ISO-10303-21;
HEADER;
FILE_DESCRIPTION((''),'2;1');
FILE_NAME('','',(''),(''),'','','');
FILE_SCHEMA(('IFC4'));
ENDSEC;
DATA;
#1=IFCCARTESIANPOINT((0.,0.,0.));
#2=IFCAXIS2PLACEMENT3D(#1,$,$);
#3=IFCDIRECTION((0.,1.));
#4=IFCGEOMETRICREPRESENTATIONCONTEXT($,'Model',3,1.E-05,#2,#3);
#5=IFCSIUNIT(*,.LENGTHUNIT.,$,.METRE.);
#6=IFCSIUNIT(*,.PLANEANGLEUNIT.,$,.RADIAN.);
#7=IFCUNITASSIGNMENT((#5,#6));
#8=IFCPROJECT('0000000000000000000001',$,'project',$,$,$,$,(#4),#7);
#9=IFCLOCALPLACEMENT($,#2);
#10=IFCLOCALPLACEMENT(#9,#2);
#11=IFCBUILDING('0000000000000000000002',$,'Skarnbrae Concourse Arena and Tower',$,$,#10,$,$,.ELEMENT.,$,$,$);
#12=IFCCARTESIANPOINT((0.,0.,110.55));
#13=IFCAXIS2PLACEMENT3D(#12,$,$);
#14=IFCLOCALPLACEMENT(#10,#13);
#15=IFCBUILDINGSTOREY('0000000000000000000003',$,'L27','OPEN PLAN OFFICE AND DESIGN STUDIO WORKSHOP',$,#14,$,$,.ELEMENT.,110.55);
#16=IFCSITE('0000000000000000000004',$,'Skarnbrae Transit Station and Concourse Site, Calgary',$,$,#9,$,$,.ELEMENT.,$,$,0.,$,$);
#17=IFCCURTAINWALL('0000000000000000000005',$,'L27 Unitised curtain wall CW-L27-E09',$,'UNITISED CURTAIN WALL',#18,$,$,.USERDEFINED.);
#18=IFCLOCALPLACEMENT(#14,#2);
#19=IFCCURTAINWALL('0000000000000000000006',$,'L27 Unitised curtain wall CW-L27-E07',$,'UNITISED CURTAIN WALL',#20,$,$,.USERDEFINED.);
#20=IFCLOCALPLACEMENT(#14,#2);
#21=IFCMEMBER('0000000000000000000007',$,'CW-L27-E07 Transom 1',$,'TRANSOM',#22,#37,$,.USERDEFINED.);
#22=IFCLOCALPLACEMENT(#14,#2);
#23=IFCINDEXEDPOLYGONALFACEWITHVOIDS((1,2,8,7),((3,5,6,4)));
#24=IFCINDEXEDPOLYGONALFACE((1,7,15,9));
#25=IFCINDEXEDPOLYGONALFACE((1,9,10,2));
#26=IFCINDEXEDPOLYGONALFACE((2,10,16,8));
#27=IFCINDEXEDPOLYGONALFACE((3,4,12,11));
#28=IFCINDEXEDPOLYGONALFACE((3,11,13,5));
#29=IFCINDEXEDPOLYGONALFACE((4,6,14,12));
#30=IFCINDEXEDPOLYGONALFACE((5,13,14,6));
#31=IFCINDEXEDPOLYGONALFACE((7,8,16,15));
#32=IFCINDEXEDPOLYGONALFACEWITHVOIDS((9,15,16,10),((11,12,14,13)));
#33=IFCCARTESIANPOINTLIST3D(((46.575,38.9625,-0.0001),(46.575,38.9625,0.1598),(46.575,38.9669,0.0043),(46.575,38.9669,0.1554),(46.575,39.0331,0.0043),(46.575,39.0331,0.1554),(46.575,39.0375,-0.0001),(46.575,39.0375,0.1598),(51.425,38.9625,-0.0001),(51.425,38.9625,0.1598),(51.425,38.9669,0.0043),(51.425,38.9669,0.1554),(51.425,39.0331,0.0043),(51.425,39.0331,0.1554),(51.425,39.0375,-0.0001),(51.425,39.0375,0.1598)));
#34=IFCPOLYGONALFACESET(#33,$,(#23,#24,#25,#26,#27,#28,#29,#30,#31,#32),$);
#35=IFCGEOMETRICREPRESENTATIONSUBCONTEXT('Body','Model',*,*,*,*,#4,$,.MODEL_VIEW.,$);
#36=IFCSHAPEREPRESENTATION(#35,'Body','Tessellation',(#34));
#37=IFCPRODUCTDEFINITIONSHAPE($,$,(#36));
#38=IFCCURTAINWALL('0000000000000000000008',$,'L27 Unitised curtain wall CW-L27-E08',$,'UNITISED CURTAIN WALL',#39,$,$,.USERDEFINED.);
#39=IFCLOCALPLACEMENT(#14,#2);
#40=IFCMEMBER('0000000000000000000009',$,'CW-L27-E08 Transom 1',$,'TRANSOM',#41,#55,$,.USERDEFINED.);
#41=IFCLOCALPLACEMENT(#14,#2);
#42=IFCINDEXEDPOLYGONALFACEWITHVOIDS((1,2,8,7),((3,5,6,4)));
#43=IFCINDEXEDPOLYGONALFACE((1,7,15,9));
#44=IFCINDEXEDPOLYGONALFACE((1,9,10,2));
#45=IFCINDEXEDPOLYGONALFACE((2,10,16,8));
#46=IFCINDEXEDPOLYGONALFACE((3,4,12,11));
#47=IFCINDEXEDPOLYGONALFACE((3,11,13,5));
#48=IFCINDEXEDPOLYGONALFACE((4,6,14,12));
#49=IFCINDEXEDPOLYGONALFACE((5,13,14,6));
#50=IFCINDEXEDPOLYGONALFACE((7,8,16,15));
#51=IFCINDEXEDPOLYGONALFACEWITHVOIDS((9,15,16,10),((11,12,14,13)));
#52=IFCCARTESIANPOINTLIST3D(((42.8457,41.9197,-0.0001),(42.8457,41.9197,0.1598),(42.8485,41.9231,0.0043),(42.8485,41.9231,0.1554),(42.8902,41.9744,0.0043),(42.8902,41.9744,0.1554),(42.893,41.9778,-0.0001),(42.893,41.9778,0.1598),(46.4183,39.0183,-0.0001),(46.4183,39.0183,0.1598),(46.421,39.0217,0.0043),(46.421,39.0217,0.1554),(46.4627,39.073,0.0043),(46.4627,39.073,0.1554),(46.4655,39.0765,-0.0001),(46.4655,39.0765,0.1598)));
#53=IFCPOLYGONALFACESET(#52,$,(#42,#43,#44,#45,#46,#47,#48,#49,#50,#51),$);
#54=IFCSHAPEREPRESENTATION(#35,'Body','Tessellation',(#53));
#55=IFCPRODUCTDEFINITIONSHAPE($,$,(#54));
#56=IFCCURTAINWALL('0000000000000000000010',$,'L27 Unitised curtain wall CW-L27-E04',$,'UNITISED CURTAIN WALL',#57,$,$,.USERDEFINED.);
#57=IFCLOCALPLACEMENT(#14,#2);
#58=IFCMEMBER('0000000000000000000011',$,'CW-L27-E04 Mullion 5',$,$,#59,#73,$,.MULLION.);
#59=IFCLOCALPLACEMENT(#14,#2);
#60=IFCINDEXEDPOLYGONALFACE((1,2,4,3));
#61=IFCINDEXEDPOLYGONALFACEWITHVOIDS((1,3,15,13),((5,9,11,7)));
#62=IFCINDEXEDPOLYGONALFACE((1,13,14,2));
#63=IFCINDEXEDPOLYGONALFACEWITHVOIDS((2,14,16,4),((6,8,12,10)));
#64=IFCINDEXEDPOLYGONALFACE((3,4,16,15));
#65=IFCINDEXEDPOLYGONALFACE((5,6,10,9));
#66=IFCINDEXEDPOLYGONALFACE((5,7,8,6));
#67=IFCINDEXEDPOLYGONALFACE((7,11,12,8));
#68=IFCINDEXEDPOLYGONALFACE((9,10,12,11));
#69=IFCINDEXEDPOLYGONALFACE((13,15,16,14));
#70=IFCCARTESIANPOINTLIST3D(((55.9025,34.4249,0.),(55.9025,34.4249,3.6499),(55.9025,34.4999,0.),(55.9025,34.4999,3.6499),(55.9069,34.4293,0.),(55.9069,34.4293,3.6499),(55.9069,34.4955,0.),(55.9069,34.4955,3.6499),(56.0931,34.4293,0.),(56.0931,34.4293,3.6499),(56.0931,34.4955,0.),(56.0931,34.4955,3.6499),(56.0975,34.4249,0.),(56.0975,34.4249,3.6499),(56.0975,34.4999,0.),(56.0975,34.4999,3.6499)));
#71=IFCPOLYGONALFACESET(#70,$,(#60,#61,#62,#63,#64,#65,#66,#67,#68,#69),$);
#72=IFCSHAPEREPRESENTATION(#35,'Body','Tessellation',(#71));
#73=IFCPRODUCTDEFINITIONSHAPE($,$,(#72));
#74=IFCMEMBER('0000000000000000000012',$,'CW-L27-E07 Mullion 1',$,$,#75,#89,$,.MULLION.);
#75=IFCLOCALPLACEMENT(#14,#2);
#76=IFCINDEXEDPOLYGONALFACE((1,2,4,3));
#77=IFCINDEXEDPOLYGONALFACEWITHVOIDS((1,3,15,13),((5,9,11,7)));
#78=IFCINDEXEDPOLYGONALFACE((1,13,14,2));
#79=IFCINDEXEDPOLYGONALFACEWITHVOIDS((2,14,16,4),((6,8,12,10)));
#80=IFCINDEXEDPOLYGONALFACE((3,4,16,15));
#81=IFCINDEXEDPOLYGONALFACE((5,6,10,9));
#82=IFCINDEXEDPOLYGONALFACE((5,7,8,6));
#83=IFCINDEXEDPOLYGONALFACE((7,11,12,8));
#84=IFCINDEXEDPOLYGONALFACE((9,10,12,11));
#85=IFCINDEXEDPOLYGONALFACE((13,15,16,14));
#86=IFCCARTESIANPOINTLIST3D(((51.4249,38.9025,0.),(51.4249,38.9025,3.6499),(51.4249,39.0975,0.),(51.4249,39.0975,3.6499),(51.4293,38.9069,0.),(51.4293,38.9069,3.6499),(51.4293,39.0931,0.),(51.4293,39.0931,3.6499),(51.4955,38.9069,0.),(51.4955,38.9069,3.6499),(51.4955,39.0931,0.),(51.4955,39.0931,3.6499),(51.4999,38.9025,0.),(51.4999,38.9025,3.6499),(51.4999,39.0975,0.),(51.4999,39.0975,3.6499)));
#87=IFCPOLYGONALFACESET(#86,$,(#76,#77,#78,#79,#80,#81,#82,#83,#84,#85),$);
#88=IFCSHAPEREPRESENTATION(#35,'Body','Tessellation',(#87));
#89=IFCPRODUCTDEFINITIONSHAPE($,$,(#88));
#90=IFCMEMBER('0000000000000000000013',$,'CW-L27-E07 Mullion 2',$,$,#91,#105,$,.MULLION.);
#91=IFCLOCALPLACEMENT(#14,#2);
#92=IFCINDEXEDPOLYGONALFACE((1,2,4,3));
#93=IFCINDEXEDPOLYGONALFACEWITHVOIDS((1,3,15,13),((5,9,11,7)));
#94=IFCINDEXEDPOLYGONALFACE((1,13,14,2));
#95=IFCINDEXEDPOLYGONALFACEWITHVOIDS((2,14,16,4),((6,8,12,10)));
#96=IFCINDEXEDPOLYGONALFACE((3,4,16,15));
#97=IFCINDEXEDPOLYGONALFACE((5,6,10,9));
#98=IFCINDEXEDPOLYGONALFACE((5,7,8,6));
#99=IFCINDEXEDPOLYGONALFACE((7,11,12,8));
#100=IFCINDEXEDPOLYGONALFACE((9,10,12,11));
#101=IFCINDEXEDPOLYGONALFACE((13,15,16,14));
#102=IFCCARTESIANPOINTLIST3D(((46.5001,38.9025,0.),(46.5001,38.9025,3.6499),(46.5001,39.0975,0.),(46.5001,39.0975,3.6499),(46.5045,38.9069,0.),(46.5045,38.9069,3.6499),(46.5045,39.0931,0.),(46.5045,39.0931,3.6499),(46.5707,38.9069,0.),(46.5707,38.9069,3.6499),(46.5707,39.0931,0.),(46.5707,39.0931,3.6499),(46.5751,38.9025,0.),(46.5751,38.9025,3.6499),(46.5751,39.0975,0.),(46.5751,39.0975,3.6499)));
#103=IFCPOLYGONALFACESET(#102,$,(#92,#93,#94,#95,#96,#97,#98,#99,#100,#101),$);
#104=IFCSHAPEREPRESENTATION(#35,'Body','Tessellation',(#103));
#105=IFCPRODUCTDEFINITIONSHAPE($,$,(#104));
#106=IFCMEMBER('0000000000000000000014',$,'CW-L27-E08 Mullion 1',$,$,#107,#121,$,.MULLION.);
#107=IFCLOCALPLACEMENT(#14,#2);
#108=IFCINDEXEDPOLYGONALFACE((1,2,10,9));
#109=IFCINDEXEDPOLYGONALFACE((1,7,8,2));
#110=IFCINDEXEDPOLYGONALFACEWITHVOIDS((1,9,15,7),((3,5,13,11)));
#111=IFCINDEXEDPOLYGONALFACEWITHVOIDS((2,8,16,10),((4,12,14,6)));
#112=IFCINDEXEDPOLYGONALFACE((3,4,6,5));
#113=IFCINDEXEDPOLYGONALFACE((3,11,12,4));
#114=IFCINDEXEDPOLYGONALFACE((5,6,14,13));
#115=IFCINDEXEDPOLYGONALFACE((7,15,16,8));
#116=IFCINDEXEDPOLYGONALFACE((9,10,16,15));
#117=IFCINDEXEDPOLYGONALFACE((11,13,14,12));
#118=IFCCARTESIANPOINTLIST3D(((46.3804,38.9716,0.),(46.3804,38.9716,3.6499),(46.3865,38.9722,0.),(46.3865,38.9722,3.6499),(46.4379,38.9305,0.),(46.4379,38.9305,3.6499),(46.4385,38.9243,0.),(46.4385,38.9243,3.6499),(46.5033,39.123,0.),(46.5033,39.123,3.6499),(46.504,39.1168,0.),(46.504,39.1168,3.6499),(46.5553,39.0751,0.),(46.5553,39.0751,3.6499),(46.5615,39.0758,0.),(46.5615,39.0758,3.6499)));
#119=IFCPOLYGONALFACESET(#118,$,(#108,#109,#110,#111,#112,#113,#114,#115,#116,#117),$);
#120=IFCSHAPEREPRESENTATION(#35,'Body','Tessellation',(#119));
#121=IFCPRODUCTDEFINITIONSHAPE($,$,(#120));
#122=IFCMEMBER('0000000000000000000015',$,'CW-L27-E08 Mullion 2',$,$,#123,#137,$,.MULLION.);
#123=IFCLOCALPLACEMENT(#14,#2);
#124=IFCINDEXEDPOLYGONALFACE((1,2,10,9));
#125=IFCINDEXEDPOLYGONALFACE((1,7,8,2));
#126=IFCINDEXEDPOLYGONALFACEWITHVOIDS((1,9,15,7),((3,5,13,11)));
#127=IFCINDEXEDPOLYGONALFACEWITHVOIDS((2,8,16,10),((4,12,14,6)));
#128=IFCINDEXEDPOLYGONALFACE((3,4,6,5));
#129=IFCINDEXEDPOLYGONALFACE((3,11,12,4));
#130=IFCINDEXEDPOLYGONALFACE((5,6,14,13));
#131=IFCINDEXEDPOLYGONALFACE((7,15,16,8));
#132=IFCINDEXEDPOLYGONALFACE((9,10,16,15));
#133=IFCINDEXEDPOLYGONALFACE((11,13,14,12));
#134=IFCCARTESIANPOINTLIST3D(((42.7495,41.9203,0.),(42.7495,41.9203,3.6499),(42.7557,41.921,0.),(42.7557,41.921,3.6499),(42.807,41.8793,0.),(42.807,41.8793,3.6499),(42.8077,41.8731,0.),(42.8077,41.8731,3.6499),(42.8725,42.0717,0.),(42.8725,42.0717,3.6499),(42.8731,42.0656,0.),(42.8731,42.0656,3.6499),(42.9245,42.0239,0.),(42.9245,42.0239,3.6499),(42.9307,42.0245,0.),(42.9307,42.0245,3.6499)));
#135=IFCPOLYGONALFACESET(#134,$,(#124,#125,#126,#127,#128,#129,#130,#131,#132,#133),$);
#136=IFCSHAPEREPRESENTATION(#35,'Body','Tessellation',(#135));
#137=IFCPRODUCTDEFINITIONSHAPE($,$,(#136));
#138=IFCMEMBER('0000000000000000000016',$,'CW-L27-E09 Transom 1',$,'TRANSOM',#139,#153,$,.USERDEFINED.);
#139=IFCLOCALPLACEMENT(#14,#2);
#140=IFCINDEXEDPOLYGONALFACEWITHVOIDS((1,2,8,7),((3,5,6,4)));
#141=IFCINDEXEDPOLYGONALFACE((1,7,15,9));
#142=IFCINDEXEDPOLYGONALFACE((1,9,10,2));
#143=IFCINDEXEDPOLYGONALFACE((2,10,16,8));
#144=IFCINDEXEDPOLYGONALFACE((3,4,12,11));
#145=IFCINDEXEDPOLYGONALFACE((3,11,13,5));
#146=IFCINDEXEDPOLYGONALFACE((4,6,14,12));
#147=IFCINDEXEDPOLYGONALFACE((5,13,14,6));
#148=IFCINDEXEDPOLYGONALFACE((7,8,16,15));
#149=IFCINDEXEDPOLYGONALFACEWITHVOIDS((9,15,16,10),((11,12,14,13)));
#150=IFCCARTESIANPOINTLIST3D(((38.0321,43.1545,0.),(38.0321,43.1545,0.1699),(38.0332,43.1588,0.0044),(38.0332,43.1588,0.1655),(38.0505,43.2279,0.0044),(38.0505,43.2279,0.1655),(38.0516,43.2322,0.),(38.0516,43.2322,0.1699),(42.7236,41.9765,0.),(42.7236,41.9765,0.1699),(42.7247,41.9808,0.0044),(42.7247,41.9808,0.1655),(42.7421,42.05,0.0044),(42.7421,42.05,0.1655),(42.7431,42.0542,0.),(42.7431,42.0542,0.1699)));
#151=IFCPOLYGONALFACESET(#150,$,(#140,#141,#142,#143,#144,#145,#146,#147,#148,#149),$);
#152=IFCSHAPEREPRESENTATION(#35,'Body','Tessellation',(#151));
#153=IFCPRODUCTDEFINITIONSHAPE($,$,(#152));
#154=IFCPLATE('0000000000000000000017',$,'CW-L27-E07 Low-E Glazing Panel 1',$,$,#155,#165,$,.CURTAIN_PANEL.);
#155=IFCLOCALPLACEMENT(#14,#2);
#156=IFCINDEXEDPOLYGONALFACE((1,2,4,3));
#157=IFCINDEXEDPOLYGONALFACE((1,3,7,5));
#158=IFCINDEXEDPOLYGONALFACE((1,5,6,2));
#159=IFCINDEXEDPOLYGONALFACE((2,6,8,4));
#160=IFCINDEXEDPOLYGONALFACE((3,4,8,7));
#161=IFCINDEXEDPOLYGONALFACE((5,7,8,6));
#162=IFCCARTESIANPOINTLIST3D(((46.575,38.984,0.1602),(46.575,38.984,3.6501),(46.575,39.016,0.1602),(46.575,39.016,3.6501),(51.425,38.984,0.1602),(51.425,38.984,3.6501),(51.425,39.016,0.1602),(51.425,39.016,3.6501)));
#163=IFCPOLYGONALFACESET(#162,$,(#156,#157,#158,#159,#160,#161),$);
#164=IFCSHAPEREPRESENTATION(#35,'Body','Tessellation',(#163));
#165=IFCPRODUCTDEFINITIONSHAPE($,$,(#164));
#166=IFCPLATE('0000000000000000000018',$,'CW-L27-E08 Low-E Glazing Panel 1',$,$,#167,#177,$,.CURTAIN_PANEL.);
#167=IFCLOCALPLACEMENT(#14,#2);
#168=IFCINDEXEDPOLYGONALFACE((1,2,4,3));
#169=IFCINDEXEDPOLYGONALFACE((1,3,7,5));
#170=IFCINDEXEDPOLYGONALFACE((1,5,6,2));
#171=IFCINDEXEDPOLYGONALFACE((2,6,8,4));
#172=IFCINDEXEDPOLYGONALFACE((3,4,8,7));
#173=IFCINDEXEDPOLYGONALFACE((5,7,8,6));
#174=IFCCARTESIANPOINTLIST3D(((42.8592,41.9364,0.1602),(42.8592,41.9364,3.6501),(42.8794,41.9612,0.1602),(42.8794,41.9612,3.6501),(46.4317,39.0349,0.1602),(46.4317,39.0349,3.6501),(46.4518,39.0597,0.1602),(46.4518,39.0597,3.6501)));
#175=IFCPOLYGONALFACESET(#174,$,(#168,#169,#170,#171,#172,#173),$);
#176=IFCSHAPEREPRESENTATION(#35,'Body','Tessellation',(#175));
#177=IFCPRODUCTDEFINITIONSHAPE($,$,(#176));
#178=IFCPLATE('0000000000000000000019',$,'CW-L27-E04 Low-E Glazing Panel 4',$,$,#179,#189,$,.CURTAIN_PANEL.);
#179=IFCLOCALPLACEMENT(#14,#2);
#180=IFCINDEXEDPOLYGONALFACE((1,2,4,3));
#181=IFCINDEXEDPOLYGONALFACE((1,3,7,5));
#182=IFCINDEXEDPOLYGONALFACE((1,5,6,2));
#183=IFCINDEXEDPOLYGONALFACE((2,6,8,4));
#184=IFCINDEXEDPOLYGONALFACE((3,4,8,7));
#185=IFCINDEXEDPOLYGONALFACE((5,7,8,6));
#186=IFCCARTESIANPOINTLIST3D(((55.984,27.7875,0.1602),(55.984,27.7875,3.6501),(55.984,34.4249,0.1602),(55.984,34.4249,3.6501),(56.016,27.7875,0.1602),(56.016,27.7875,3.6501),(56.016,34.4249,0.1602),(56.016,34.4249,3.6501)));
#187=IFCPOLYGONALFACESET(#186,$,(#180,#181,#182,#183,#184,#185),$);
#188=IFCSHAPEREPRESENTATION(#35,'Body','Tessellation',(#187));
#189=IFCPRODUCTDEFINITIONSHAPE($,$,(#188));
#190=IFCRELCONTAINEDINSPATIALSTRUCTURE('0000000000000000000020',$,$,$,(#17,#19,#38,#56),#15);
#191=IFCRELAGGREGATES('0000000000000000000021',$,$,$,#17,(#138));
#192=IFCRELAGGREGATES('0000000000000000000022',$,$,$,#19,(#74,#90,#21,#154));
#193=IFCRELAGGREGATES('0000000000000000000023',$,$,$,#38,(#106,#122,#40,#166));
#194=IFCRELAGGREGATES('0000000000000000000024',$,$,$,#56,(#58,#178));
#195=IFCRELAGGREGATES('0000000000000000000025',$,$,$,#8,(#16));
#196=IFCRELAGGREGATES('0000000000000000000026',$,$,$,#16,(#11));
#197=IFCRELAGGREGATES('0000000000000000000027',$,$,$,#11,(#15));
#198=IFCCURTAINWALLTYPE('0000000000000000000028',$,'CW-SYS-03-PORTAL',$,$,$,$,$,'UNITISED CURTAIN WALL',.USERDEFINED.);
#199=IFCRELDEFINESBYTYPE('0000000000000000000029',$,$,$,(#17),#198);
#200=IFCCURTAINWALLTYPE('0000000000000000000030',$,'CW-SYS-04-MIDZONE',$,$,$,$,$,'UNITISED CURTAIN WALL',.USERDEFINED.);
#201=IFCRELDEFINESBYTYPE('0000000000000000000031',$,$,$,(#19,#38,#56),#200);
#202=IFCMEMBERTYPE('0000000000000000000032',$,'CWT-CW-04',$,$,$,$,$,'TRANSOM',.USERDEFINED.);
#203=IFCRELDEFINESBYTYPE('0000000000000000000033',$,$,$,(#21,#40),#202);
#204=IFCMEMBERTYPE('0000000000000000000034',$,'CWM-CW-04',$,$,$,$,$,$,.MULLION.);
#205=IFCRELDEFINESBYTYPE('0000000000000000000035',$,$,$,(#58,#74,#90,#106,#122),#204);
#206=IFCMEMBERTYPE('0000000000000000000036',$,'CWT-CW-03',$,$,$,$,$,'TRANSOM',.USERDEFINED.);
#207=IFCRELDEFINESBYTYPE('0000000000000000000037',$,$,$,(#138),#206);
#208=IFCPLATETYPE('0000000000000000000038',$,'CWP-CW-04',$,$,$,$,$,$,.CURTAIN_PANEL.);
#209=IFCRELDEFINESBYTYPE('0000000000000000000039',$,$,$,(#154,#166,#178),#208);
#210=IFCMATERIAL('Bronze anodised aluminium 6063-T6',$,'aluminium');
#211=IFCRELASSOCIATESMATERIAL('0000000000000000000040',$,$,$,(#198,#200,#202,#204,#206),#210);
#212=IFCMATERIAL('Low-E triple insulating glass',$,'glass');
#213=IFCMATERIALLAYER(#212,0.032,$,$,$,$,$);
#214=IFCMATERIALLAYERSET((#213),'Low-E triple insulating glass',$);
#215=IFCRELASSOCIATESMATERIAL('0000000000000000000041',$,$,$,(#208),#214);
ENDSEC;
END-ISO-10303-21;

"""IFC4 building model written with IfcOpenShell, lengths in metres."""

from ifc_helpers import new_model, si_unit, direction, frame, origin, origin_2d, place, context, subcontext, project, spatial, rectangle, hollow_rectangle, extrude, source, transform, mapped, material, layer, layer_set, material_profile, profile_set, type_object, element, aggregate, save


model = new_model("IFC4")

# Units and contexts
model_context = context("Model", 3, precision=1e-05, world=origin(), true_north=direction((0.0, 1.0)))
body_context = subcontext(model_context, "Body", "Model", "MODEL_VIEW")
ifc_project = project(units=[si_unit("LENGTHUNIT", "METRE"), si_unit("PLANEANGLEUNIT", "RADIAN")], contexts=[model_context])

# Site, building, storey
site_placement = place(None, origin())
site = spatial("IfcSite", under=ifc_project, at=site_placement, Name="Skarnbrae Transit Station and Concourse Site, Calgary", CompositionType="ELEMENT", RefElevation=0.0)
building_placement = place(site_placement, origin())
building = spatial("IfcBuilding", under=site, at=building_placement, Name="Skarnbrae Concourse Arena and Tower", CompositionType="ELEMENT")
storey_placement = place(building_placement, frame((0.0, 0.0, 110.55)))
storey = spatial("IfcBuildingStorey", under=building, at=storey_placement, Name="L27", Description="OPEN PLAN OFFICE AND DESIGN STUDIO WORKSHOP", CompositionType="ELEMENT", Elevation=110.55)

# Curtain walls, members
ifc_material_1 = material(Name="Bronze anodised aluminium 6063-T6", Category="aluminium")
curtain_wall_type_1 = type_object("IfcCurtainWallType", Name="CW-SYS-03-PORTAL", ElementType="UNITISED CURTAIN WALL", PredefinedType="USERDEFINED", material=ifc_material_1)
curtain_wall_1_placement = place(storey_placement, origin())
curtain_wall_1 = element("IfcCurtainWall", 1, at=curtain_wall_1_placement, inside=storey, type_object=curtain_wall_type_1, Name="L27 Unitised curtain wall CW-L27-E09", ObjectType="UNITISED CURTAIN WALL", PredefinedType="USERDEFINED")
curtain_wall_type_2 = type_object("IfcCurtainWallType", Name="CW-SYS-04-MIDZONE", ElementType="UNITISED CURTAIN WALL", PredefinedType="USERDEFINED", material=ifc_material_1)
curtain_wall_2_placement = place(storey_placement, origin())
curtain_wall_2 = element("IfcCurtainWall", 2, at=curtain_wall_2_placement, inside=storey, type_object=curtain_wall_type_2, Name="L27 Unitised curtain wall CW-L27-E07", ObjectType="UNITISED CURTAIN WALL", PredefinedType="USERDEFINED")
ifc_material_profile_1 = material_profile(ifc_material_1, hollow_rectangle(XDim=0.075, YDim=0.1599, WallThickness=0.0044, at=origin_2d()), Name="ALU-TRAN-75X160")
ifc_profile_set_1 = profile_set([ifc_material_profile_1], Name="Bronze anodised aluminium 6063-T6")
member_type_1 = type_object("IfcMemberType", Name="CWT-CW-04", ElementType="TRANSOM", PredefinedType="USERDEFINED", material=ifc_profile_set_1)
shared_shape_1 = source(origin(), body_context, "Body", "SweptSolid", [
    extrude(hollow_rectangle(XDim=0.075, YDim=0.1599, WallThickness=0.0044, at=origin_2d()), origin(), (0.0, 0.0, 1.0), 4.8501),
])
member_1_placement = place(storey_placement, frame((51.425, 39.0, 0.0798), z_axis=(-1.0, 0.0, 0.0), x_axis=(0.0, -1.0, 0.0)))
member_1 = element("IfcMember", 3, at=member_1_placement, type_object=member_type_1, Name="CW-L27-E07 Transom 1", ObjectType="TRANSOM", PredefinedType="USERDEFINED", context=body_context, shape_type="MappedRepresentation", body=[
    mapped(shared_shape_1, transform((0.0, 0.0, 0.0))),
])
curtain_wall_3_placement = place(storey_placement, origin())
curtain_wall_3 = element("IfcCurtainWall", 4, at=curtain_wall_3_placement, inside=storey, type_object=curtain_wall_type_2, Name="L27 Unitised curtain wall CW-L27-E08", ObjectType="UNITISED CURTAIN WALL", PredefinedType="USERDEFINED")
shared_shape_2 = source(origin(), body_context, "Body", "SweptSolid", [
    extrude(hollow_rectangle(XDim=0.075, YDim=0.1599, WallThickness=0.0044, at=origin_2d()), origin(), (0.0, 0.0, 1.0), 4.6023),
])
member_2_placement = place(storey_placement, frame((46.4419, 39.0474, 0.0798), z_axis=(-0.776252, 0.630423, 0.0), x_axis=(-0.630423, -0.776252, 0.0)))
member_2 = element("IfcMember", 5, at=member_2_placement, type_object=member_type_1, Name="CW-L27-E08 Transom 1", ObjectType="TRANSOM", PredefinedType="USERDEFINED", context=body_context, shape_type="MappedRepresentation", body=[
    mapped(shared_shape_2, transform((0.0, 0.0, 0.0))),
])
curtain_wall_4_placement = place(storey_placement, origin())
curtain_wall_4 = element("IfcCurtainWall", 6, at=curtain_wall_4_placement, inside=storey, type_object=curtain_wall_type_2, Name="L27 Unitised curtain wall CW-L27-E04", ObjectType="UNITISED CURTAIN WALL", PredefinedType="USERDEFINED")
ifc_material_profile_2 = material_profile(ifc_material_1, hollow_rectangle(XDim=0.075, YDim=0.1951, WallThickness=0.0044, at=origin_2d()), Name="ALU-MULL-75X195")
ifc_profile_set_2 = profile_set([ifc_material_profile_2], Name="Bronze anodised aluminium 6063-T6")
member_type_2 = type_object("IfcMemberType", Name="CWM-CW-04", PredefinedType="MULLION", material=ifc_profile_set_2)
shared_shape_3 = source(origin(), body_context, "Body", "SweptSolid", [
    extrude(hollow_rectangle(XDim=0.075, YDim=0.1951, WallThickness=0.0044, at=origin_2d()), origin(), (0.0, 0.0, 1.0), 3.6499),
])
member_3_placement = place(storey_placement, frame((56.0, 34.4624, 0.0), z_axis=(0.0, 0.0, 1.0), x_axis=(0.0, 1.0, 0.0)))
member_3 = element("IfcMember", 7, at=member_3_placement, type_object=member_type_2, Name="CW-L27-E04 Mullion 5", PredefinedType="MULLION", context=body_context, shape_type="MappedRepresentation", body=[
    mapped(shared_shape_3, transform((0.0, 0.0, 0.0))),
])

# Members
member_4_placement = place(storey_placement, frame((51.4624, 39.0, 0.0), z_axis=(0.0, 0.0, 1.0), x_axis=(-1.0, 0.0, 0.0)))
member_4 = element("IfcMember", 8, at=member_4_placement, type_object=member_type_2, Name="CW-L27-E07 Mullion 1", PredefinedType="MULLION", context=body_context, shape_type="MappedRepresentation", body=[
    mapped(shared_shape_3, transform((0.0, 0.0, 0.0))),
])
member_5_placement = place(storey_placement, frame((46.5376, 39.0, 0.0), z_axis=(0.0, 0.0, 1.0), x_axis=(-1.0, 0.0, 0.0)))
member_5 = element("IfcMember", 9, at=member_5_placement, type_object=member_type_2, Name="CW-L27-E07 Mullion 2", PredefinedType="MULLION", context=body_context, shape_type="MappedRepresentation", body=[
    mapped(shared_shape_3, transform((0.0, 0.0, 0.0))),
])
member_6_placement = place(storey_placement, frame((46.4709, 39.0237, 0.0), z_axis=(0.0, 0.0, 1.0), x_axis=(-0.776241, 0.630436, 0.0)))
member_6 = element("IfcMember", 10, at=member_6_placement, type_object=member_type_2, Name="CW-L27-E08 Mullion 1", PredefinedType="MULLION", context=body_context, shape_type="MappedRepresentation", body=[
    mapped(shared_shape_3, transform((0.0, 0.0, 0.0))),
])
member_7_placement = place(storey_placement, frame((42.8401, 41.9724, 0.0), z_axis=(0.0, 0.0, 1.0), x_axis=(-0.776241, 0.630436, 0.0)))
member_7 = element("IfcMember", 11, at=member_7_placement, type_object=member_type_2, Name="CW-L27-E08 Mullion 2", PredefinedType="MULLION", context=body_context, shape_type="MappedRepresentation", body=[
    mapped(shared_shape_3, transform((0.0, 0.0, 0.0))),
])
ifc_material_profile_3 = material_profile(ifc_material_1, hollow_rectangle(XDim=0.0801, YDim=0.1699, WallThickness=0.0044, at=origin_2d()), Name="ALU-TRAN-80X170")
ifc_profile_set_3 = profile_set([ifc_material_profile_3], Name="Bronze anodised aluminium 6063-T6")
member_type_3 = type_object("IfcMemberType", Name="CWT-CW-03", ElementType="TRANSOM", PredefinedType="USERDEFINED", material=ifc_profile_set_3)
shared_shape_4 = source(origin(), body_context, "Body", "SweptSolid", [
    extrude(hollow_rectangle(XDim=0.0801, YDim=0.1699, WallThickness=0.0044, at=origin_2d()), origin(), (0.0, 0.0, 1.0), 4.8372),
])
member_8_placement = place(storey_placement, frame((42.7334, 42.0154, 0.085), z_axis=(-0.969896, 0.243521, 0.0), x_axis=(-0.243521, -0.969896, 0.0)))
member_8 = element("IfcMember", 12, at=member_8_placement, type_object=member_type_3, Name="CW-L27-E09 Transom 1", ObjectType="TRANSOM", PredefinedType="USERDEFINED", context=body_context, shape_type="MappedRepresentation", body=[
    mapped(shared_shape_4, transform((0.0, 0.0, 0.0))),
])
aggregate(curtain_wall_1, [member_8])

# Plates
ifc_material_2 = material(Name="Low-E triple insulating glass", Category="glass")
ifc_layer_1 = layer(ifc_material_2, 0.032)
ifc_layer_set_1 = layer_set([ifc_layer_1], Name="Low-E triple insulating glass")
plate_type = type_object("IfcPlateType", Name="CWP-CW-04", PredefinedType="CURTAIN_PANEL", material=ifc_layer_set_1)
shared_shape_5 = source(origin(), body_context, "Body", "SweptSolid", [
    extrude(rectangle(XDim=4.8501, YDim=0.032, at=origin_2d()), origin(), (0.0, 0.0, 1.0), 3.49),
])
plate_1_placement = place(storey_placement, frame((49.0, 39.0, 0.1602), z_axis=(0.0, 0.0, 1.0), x_axis=(-1.0, 0.0, 0.0)))
plate_1 = element("IfcPlate", 13, at=plate_1_placement, type_object=plate_type, Name="CW-L27-E07 Low-E Glazing Panel 1", PredefinedType="CURTAIN_PANEL", context=body_context, shape_type="MappedRepresentation", body=[
    mapped(shared_shape_5, transform((0.0, 0.0, 0.0))),
])
aggregate(curtain_wall_2, [member_4, member_5, member_1, plate_1])
shared_shape_6 = source(origin(), body_context, "Body", "SweptSolid", [
    extrude(rectangle(XDim=4.6023, YDim=0.032, at=origin_2d()), origin(), (0.0, 0.0, 1.0), 3.49),
])
plate_2_placement = place(storey_placement, frame((44.6555, 40.498, 0.1602), z_axis=(0.0, 0.0, 1.0), x_axis=(-0.776241, 0.630436, 0.0)))
plate_2 = element("IfcPlate", 14, at=plate_2_placement, type_object=plate_type, Name="CW-L27-E08 Low-E Glazing Panel 1", PredefinedType="CURTAIN_PANEL", context=body_context, shape_type="MappedRepresentation", body=[
    mapped(shared_shape_6, transform((0.0, 0.0, 0.0))),
])
aggregate(curtain_wall_3, [member_6, member_7, member_2, plate_2])
shared_shape_7 = source(origin(), body_context, "Body", "SweptSolid", [
    extrude(rectangle(XDim=6.6375, YDim=0.032, at=origin_2d()), origin(), (0.0, 0.0, 1.0), 3.49),
])
plate_3_placement = place(storey_placement, frame((56.0, 31.1062, 0.1602), z_axis=(0.0, 0.0, 1.0), x_axis=(0.0, 1.0, 0.0)))
plate_3 = element("IfcPlate", 15, at=plate_3_placement, type_object=plate_type, Name="CW-L27-E04 Low-E Glazing Panel 4", PredefinedType="CURTAIN_PANEL", context=body_context, shape_type="MappedRepresentation", body=[
    mapped(shared_shape_7, transform((0.0, 0.0, 0.0))),
])
aggregate(curtain_wall_4, [member_3, plate_3])

save(model, "model.ifc")
